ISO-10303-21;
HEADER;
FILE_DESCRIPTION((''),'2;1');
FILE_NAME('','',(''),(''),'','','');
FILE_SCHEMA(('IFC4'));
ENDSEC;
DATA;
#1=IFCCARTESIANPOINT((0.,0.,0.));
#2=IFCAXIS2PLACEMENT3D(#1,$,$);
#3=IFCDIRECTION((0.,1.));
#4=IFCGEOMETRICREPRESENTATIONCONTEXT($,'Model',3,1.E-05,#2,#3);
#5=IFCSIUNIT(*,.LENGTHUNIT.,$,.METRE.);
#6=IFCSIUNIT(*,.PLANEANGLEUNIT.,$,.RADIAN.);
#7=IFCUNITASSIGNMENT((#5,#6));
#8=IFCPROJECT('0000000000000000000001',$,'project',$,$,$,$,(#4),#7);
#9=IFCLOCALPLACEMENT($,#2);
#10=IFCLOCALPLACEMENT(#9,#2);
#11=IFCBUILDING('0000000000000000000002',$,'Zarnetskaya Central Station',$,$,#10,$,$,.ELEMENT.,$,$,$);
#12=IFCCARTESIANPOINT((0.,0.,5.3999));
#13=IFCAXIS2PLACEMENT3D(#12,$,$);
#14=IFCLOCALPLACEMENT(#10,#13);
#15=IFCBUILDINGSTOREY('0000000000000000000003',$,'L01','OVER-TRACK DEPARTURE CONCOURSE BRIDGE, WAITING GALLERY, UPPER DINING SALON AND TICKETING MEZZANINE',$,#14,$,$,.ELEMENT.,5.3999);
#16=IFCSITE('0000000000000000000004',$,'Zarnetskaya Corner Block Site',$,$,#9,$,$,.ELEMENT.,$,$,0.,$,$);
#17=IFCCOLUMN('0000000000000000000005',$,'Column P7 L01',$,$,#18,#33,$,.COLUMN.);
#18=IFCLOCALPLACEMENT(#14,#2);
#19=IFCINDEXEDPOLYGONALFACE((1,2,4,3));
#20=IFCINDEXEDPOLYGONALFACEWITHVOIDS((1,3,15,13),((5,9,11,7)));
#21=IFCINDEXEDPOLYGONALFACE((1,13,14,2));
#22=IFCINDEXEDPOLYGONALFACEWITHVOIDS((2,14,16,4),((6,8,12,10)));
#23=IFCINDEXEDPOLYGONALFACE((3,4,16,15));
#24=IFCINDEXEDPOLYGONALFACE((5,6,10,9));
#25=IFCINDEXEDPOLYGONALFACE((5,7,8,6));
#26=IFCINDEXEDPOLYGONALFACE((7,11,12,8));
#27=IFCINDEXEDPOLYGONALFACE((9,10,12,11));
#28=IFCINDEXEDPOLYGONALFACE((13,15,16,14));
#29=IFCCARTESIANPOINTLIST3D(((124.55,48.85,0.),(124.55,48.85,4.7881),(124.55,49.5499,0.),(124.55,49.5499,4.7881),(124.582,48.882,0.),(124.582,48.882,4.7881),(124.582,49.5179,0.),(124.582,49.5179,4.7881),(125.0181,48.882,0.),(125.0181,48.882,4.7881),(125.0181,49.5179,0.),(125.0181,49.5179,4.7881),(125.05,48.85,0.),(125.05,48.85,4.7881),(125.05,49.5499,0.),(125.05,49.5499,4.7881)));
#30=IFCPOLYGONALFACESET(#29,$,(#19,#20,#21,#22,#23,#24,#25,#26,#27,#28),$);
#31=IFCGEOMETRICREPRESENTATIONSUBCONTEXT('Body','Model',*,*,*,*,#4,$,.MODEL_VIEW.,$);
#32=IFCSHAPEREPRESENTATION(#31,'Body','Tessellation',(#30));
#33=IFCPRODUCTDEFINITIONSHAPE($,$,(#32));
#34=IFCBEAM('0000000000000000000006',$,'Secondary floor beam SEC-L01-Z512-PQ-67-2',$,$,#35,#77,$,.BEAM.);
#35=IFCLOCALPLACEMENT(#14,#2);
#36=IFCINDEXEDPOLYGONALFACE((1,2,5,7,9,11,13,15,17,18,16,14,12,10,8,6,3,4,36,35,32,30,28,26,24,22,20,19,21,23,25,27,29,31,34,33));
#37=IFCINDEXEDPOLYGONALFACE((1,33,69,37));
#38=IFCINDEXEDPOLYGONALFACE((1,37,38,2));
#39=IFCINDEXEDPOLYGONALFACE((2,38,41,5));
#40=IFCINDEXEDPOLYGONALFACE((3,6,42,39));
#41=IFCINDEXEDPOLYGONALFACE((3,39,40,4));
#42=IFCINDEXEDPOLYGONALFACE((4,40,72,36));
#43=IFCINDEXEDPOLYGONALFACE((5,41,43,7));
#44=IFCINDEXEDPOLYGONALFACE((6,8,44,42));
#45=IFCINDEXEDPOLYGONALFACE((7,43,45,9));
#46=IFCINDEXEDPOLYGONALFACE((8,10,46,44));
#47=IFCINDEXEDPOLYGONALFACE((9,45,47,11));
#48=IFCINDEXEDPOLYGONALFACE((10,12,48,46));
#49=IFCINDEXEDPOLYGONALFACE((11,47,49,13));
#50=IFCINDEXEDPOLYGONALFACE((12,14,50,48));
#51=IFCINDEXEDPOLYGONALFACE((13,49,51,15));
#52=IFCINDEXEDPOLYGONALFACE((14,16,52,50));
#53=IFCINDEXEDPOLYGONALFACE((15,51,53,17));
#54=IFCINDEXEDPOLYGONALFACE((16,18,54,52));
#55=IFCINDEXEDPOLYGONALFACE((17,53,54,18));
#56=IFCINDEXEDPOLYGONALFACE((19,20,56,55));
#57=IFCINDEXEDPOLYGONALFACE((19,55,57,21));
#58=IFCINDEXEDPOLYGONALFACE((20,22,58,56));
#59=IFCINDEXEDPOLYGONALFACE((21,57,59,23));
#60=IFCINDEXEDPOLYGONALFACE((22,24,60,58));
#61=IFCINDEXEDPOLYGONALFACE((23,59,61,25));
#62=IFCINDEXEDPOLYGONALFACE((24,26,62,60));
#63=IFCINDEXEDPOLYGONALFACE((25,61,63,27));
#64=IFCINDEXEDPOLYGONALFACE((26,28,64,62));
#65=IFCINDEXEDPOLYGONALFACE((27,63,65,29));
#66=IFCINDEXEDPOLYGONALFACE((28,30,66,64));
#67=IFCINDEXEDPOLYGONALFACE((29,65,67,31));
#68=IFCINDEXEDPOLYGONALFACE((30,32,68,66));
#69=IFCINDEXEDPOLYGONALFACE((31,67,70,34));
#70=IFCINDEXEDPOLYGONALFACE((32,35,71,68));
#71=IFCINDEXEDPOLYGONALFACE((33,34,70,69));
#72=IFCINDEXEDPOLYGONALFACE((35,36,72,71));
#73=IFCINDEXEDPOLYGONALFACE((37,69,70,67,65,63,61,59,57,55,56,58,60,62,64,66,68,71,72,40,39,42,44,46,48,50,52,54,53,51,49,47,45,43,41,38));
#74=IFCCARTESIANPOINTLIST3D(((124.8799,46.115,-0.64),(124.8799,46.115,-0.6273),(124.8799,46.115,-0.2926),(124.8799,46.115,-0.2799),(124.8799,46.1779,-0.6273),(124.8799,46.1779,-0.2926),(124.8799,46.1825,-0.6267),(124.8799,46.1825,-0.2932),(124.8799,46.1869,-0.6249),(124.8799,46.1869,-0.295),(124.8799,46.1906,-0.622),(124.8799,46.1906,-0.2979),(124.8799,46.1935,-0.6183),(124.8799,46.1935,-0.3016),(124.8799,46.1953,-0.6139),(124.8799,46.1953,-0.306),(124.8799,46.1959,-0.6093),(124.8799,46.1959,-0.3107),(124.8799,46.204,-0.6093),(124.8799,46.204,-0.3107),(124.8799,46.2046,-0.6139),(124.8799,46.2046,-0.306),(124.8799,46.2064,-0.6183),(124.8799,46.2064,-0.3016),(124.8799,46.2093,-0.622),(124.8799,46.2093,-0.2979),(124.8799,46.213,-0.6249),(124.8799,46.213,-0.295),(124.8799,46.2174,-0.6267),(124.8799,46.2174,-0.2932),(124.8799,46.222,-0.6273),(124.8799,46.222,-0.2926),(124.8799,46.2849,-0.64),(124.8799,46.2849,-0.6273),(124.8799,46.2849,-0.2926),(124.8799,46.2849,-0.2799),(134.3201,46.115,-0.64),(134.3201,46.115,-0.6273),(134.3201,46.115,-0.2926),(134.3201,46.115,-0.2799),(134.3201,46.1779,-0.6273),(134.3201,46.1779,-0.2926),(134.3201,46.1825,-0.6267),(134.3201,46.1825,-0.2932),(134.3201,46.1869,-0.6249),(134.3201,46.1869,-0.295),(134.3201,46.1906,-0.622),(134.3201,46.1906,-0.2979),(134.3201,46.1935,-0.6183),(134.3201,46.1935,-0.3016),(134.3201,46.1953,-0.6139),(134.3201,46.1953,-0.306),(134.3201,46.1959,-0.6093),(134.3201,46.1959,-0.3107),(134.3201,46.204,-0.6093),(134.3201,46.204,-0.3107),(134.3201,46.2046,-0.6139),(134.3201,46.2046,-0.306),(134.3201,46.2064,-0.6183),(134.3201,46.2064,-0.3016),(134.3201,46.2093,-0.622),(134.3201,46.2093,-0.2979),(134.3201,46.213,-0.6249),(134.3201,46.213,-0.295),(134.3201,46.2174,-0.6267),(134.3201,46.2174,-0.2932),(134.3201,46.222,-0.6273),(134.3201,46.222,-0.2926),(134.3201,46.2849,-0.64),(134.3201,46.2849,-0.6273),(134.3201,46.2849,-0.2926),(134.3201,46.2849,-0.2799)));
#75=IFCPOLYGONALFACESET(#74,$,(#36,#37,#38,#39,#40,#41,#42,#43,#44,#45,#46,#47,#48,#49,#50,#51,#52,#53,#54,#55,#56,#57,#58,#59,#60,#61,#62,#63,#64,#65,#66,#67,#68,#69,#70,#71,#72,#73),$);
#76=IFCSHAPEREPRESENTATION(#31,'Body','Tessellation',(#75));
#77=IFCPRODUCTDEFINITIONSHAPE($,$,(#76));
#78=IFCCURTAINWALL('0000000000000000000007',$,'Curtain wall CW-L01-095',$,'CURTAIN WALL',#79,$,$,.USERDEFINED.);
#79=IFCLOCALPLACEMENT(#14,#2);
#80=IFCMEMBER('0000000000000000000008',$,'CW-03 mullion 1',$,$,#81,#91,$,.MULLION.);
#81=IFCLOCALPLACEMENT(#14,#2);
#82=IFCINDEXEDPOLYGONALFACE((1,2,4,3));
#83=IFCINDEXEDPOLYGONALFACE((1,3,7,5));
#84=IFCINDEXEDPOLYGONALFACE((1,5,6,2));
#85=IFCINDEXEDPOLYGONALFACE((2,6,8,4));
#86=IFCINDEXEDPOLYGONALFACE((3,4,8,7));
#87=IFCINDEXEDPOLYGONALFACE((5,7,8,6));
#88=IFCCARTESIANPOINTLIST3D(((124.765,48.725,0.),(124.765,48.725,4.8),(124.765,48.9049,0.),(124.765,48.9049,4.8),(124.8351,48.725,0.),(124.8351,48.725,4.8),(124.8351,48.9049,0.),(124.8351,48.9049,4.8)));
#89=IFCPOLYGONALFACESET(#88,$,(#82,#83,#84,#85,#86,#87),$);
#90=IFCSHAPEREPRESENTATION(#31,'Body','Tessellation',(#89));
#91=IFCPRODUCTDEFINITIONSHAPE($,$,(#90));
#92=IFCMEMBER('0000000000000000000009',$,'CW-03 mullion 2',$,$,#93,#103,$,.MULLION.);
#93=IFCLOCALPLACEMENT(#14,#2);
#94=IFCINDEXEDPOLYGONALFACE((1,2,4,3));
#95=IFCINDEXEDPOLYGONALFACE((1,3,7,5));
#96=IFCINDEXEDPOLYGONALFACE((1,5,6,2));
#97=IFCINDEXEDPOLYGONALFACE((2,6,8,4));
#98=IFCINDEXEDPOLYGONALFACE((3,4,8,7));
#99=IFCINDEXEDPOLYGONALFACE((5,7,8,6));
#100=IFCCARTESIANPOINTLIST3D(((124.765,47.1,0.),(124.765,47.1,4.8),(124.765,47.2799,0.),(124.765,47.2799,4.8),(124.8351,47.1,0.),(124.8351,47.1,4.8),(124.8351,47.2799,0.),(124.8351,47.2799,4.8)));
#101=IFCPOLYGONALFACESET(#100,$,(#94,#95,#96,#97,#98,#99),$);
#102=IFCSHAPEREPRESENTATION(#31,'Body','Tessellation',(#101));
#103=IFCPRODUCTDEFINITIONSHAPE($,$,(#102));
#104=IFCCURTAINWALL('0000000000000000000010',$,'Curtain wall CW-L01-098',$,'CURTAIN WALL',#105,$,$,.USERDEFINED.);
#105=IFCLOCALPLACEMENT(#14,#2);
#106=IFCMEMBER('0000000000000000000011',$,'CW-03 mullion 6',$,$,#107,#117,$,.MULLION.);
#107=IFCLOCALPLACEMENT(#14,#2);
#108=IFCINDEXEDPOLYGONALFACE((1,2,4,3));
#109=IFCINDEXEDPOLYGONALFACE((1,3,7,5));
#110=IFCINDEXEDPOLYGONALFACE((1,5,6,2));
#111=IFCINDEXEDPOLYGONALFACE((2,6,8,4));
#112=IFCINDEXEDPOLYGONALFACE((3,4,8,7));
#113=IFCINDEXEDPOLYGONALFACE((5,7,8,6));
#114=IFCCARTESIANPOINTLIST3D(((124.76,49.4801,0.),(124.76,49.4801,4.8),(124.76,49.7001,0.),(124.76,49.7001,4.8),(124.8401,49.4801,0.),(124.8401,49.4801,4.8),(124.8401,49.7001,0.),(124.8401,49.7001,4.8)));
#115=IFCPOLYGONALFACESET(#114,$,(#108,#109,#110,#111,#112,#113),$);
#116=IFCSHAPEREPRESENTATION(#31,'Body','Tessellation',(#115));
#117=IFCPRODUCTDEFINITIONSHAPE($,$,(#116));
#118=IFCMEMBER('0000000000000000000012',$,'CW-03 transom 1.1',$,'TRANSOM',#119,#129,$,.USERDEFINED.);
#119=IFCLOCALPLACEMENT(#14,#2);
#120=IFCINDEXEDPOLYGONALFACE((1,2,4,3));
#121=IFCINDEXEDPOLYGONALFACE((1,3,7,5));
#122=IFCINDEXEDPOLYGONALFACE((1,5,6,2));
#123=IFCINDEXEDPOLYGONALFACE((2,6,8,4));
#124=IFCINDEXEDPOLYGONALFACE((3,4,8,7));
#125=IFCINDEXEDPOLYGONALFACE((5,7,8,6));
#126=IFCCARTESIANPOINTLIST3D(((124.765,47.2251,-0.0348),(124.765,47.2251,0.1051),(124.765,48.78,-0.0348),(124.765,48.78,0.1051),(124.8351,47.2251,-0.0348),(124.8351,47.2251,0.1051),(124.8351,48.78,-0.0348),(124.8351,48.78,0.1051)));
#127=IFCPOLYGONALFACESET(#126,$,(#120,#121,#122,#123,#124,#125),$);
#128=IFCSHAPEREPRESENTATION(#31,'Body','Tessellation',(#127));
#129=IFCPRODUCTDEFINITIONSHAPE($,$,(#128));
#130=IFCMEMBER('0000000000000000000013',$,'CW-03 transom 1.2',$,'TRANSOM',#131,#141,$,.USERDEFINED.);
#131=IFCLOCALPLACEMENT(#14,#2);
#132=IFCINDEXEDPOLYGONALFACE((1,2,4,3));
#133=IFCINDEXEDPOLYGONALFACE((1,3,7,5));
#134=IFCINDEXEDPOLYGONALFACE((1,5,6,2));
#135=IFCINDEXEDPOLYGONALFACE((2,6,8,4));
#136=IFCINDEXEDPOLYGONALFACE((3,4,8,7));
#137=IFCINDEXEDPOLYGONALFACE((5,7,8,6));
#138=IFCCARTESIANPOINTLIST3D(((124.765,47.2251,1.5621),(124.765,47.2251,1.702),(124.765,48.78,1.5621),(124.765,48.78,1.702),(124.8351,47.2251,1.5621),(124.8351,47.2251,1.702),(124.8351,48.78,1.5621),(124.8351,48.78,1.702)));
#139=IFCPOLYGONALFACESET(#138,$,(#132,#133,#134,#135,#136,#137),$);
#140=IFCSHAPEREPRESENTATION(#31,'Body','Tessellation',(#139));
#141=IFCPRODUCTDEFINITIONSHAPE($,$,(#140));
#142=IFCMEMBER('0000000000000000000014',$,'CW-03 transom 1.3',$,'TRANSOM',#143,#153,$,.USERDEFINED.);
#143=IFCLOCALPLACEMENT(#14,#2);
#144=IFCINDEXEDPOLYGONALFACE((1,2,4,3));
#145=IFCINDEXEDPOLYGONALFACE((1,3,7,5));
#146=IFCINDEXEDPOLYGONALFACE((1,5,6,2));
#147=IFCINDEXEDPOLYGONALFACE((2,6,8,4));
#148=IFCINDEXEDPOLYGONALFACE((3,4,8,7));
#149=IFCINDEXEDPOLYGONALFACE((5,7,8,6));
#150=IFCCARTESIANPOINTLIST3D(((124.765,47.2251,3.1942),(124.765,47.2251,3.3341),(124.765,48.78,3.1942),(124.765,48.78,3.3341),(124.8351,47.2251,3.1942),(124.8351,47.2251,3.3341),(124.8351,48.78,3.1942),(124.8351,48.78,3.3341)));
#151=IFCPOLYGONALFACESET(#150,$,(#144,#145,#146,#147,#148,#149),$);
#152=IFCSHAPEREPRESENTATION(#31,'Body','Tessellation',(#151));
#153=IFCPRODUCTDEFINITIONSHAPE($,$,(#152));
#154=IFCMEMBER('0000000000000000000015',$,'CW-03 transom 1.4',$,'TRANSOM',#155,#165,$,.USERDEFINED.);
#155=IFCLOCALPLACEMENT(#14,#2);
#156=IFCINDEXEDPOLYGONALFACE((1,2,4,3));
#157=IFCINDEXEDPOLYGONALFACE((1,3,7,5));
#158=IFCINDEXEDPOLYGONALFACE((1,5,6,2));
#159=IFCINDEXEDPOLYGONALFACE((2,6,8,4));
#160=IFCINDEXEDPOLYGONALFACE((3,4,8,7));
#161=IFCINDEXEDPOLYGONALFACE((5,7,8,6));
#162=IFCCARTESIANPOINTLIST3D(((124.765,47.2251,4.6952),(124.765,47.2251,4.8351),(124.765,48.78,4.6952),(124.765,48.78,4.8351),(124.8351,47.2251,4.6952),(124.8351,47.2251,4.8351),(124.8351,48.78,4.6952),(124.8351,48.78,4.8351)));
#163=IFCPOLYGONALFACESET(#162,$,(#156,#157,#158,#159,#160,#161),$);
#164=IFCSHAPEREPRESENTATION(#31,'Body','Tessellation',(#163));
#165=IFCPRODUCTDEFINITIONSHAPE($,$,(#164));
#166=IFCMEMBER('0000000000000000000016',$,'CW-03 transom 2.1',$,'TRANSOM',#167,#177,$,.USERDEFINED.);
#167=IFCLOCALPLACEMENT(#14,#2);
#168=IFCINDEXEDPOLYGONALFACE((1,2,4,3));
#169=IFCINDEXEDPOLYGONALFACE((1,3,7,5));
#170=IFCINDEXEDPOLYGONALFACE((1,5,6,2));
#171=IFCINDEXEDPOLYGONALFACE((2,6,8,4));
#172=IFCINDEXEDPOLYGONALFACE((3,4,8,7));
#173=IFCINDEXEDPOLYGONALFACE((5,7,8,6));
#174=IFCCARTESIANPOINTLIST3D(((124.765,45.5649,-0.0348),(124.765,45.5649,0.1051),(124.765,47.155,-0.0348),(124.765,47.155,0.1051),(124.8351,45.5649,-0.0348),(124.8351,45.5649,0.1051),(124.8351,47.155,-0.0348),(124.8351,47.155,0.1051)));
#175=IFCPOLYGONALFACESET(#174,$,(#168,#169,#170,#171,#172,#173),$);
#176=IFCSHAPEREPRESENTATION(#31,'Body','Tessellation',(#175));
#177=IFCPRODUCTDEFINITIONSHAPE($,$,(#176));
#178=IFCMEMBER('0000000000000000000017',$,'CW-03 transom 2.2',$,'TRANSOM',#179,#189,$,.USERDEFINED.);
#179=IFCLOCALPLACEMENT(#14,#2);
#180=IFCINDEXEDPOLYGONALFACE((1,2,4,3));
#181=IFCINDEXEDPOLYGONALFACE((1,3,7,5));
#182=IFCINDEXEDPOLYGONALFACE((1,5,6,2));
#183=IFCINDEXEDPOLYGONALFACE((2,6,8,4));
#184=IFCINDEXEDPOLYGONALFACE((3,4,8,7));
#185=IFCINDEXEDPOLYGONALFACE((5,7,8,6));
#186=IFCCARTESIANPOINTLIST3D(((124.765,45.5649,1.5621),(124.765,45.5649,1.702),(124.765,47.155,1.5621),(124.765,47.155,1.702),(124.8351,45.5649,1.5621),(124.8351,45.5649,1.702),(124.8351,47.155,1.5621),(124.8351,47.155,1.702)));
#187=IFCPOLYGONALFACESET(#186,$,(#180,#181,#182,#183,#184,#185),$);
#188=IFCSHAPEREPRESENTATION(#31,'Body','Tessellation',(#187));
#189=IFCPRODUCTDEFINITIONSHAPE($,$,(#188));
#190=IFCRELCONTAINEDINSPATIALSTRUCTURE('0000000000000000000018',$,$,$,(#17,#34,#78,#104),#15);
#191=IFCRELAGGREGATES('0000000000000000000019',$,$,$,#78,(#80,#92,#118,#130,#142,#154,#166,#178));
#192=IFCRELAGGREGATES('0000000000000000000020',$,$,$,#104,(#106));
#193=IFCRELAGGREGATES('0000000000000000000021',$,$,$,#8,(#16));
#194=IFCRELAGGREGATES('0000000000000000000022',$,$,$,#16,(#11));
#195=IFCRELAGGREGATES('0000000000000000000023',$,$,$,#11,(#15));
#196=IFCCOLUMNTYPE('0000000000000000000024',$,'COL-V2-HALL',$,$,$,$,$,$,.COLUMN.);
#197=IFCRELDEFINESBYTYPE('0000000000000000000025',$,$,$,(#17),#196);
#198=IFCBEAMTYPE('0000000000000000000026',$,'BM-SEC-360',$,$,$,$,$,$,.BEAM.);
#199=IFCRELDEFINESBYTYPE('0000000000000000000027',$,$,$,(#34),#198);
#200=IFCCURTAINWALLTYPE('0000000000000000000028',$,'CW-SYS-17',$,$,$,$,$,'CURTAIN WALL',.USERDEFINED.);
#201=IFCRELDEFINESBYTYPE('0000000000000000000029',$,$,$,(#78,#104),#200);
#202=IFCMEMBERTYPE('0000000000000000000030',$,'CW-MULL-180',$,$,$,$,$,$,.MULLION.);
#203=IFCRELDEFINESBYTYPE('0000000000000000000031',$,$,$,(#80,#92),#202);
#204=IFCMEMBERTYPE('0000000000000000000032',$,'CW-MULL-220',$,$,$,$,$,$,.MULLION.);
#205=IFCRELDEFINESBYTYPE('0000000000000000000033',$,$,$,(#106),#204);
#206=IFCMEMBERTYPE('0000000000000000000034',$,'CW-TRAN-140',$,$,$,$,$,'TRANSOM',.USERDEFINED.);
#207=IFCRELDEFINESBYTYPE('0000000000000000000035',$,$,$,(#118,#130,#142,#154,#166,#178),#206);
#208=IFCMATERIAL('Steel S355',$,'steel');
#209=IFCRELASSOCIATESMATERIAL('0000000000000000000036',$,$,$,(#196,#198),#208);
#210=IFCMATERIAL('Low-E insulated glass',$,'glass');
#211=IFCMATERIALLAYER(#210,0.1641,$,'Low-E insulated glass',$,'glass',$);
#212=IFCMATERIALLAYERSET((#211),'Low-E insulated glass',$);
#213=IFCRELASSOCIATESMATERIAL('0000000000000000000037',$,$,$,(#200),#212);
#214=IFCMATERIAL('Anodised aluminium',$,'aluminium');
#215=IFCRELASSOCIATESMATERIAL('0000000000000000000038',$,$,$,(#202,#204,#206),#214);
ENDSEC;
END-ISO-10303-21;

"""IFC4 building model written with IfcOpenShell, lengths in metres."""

from ifc_helpers import new_model, si_unit, direction, frame, origin, origin_2d, place, context, subcontext, project, spatial, rectangle, hollow_rectangle, i_section, extrude, material, layer, layer_set, material_profile, profile_set, type_object, element, aggregate, save


model = new_model("IFC4")

# Units and contexts
model_context = context("Model", 3, precision=1e-05, world=origin(), true_north=direction((0.0, 1.0)))
body_context = subcontext(model_context, "Body", "Model", "MODEL_VIEW")
ifc_project = project(units=[si_unit("LENGTHUNIT", "METRE"), si_unit("PLANEANGLEUNIT", "RADIAN")], contexts=[model_context])

# Site, building, storey
site_placement = place(None, origin())
site = spatial("IfcSite", under=ifc_project, at=site_placement, Name="Zarnetskaya Corner Block Site", CompositionType="ELEMENT", RefElevation=0.0)
building_placement = place(site_placement, origin())
building = spatial("IfcBuilding", under=site, at=building_placement, Name="Zarnetskaya Central Station", CompositionType="ELEMENT")
storey_placement = place(building_placement, frame((0.0, 0.0, 5.3999)))
storey = spatial("IfcBuildingStorey", under=building, at=storey_placement, Name="L01", Description="OVER-TRACK DEPARTURE CONCOURSE BRIDGE, WAITING GALLERY, UPPER DINING SALON AND TICKETING MEZZANINE", CompositionType="ELEMENT", Elevation=5.3999)

# Column
ifc_material_1 = material(Name="Steel S355", Category="steel")
ifc_material_profile_1 = material_profile(ifc_material_1, hollow_rectangle(XDim=0.5, YDim=0.7, WallThickness=0.032, at=origin_2d()), Name="BOX 700x500x32")
ifc_profile_set_1 = profile_set([ifc_material_profile_1], Name="Steel S355")
column_type = type_object("IfcColumnType", Name="COL-V2-HALL", PredefinedType="COLUMN", material=ifc_profile_set_1)
column_placement = place(storey_placement, frame((124.8, 49.2, 0.0), z_axis=(0.0, 0.0, 1.0), x_axis=(1.0, 0.0, 0.0)))
element("IfcColumn", 1, at=column_placement, inside=storey, type_object=column_type, Name="Column P7 L01", PredefinedType="COLUMN", context=body_context, shape_type="SweptSolid", body=[
    extrude(hollow_rectangle(XDim=0.5, YDim=0.7, WallThickness=0.032, at=origin_2d()), origin(), (0.0, 0.0, 1.0), 4.7881),
])

# Beam
ifc_material_profile_2 = material_profile(ifc_material_1, i_section(OverallWidth=0.1699, OverallDepth=0.3601, WebThickness=0.0081, FlangeThickness=0.0127, FilletRadius=0.0181, at=origin_2d()), Name="IPE 360")
ifc_profile_set_2 = profile_set([ifc_material_profile_2], Name="Steel S355")
beam_type_1 = type_object("IfcBeamType", Name="BM-SEC-360", PredefinedType="BEAM", material=ifc_profile_set_2)
beam_1_placement = place(storey_placement, frame((124.8799, 46.2, -0.46), z_axis=(1.0, 0.0, 0.0), x_axis=(0.0, 1.0, 0.0)))
element("IfcBeam", 2, at=beam_1_placement, inside=storey, type_object=beam_type_1, Name="Secondary floor beam SEC-L01-Z512-PQ-67-2", PredefinedType="BEAM", context=body_context, shape_type="SweptSolid", body=[
    extrude(i_section(OverallWidth=0.1699, OverallDepth=0.3601, WebThickness=0.0081, FlangeThickness=0.0127, FilletRadius=0.0181, at=origin_2d()), origin(), (0.0, 0.0, 1.0), 9.4402),
])

# Curtain wall, members
ifc_material_2 = material(Name="Low-E insulated glass", Category="glass")
ifc_layer_1 = layer(ifc_material_2, 0.1641, Name="Low-E insulated glass", Category="glass")
ifc_layer_set_1 = layer_set([ifc_layer_1], Name="Low-E insulated glass")
curtain_wall_type = type_object("IfcCurtainWallType", Name="CW-SYS-17", ElementType="CURTAIN WALL", PredefinedType="USERDEFINED", material=ifc_layer_set_1)
curtain_wall_1_placement = place(storey_placement, origin())
curtain_wall_1 = element("IfcCurtainWall", 3, at=curtain_wall_1_placement, inside=storey, type_object=curtain_wall_type, Name="Curtain wall CW-L01-095", ObjectType="CURTAIN WALL", PredefinedType="USERDEFINED")
ifc_material_3 = material(Name="Anodised aluminium", Category="aluminium")
ifc_material_profile_3 = material_profile(ifc_material_3, rectangle(XDim=0.0701, YDim=0.1799, at=origin_2d()), Name="ALU MULL 70x180")
ifc_profile_set_3 = profile_set([ifc_material_profile_3], Name="Anodised aluminium")
member_type_1 = type_object("IfcMemberType", Name="CW-MULL-180", PredefinedType="MULLION", material=ifc_profile_set_3)
member_1_placement = place(storey_placement, frame((124.8, 48.8149, 0.0), z_axis=(0.0, 0.0, 1.0), x_axis=(1.0, 0.0, 0.0)))
member_1 = element("IfcMember", 4, at=member_1_placement, type_object=member_type_1, Name="CW-03 mullion 1", PredefinedType="MULLION", context=body_context, shape_type="SweptSolid", body=[
    extrude(rectangle(XDim=0.0701, YDim=0.1799, at=origin_2d()), origin(), (0.0, 0.0, 1.0), 4.8),
])
member_2_placement = place(storey_placement, frame((124.8, 47.1899, 0.0), z_axis=(0.0, 0.0, 1.0), x_axis=(1.0, 0.0, 0.0)))
member_2 = element("IfcMember", 5, at=member_2_placement, type_object=member_type_1, Name="CW-03 mullion 2", PredefinedType="MULLION", context=body_context, shape_type="SweptSolid", body=[
    extrude(rectangle(XDim=0.0701, YDim=0.1799, at=origin_2d()), origin(), (0.0, 0.0, 1.0), 4.8),
])

# Curtain wall, member
curtain_wall_2_placement = place(storey_placement, origin())
curtain_wall_2 = element("IfcCurtainWall", 6, at=curtain_wall_2_placement, inside=storey, type_object=curtain_wall_type, Name="Curtain wall CW-L01-098", ObjectType="CURTAIN WALL", PredefinedType="USERDEFINED")
ifc_material_profile_4 = material_profile(ifc_material_3, rectangle(XDim=0.0801, YDim=0.22, at=origin_2d()), Name="ALU MULL 80x220")
ifc_profile_set_4 = profile_set([ifc_material_profile_4], Name="Anodised aluminium")
member_type_2 = type_object("IfcMemberType", Name="CW-MULL-220", PredefinedType="MULLION", material=ifc_profile_set_4)
member_3_placement = place(storey_placement, frame((124.8, 49.5901, 0.0), z_axis=(0.0, 0.0, 1.0), x_axis=(1.0, 0.0, 0.0)))
member_3 = element("IfcMember", 7, at=member_3_placement, type_object=member_type_2, Name="CW-03 mullion 6", PredefinedType="MULLION", context=body_context, shape_type="SweptSolid", body=[
    extrude(rectangle(XDim=0.0801, YDim=0.22, at=origin_2d()), origin(), (0.0, 0.0, 1.0), 4.8),
])

# Members
ifc_material_profile_5 = material_profile(ifc_material_3, rectangle(XDim=0.0701, YDim=0.1399, at=origin_2d()), Name="ALU TRAN 70x140")
ifc_profile_set_5 = profile_set([ifc_material_profile_5], Name="Anodised aluminium")
member_type_3 = type_object("IfcMemberType", Name="CW-TRAN-140", ElementType="TRANSOM", PredefinedType="USERDEFINED", material=ifc_profile_set_5)
member_4_placement = place(storey_placement, frame((124.8, 48.78, 0.0352), z_axis=(0.0, -1.0, 0.0), x_axis=(1.0, 0.0, 0.0)))
member_4 = element("IfcMember", 8, at=member_4_placement, type_object=member_type_3, Name="CW-03 transom 1.1", ObjectType="TRANSOM", PredefinedType="USERDEFINED", context=body_context, shape_type="SweptSolid", body=[
    extrude(rectangle(XDim=0.0701, YDim=0.1399, at=origin_2d()), origin(), (0.0, 0.0, 1.0), 1.5549),
])
member_5_placement = place(storey_placement, frame((124.8, 48.78, 1.6321), z_axis=(0.0, -1.0, 0.0), x_axis=(1.0, 0.0, 0.0)))
member_5 = element("IfcMember", 9, at=member_5_placement, type_object=member_type_3, Name="CW-03 transom 1.2", ObjectType="TRANSOM", PredefinedType="USERDEFINED", context=body_context, shape_type="SweptSolid", body=[
    extrude(rectangle(XDim=0.0701, YDim=0.1399, at=origin_2d()), origin(), (0.0, 0.0, 1.0), 1.5549),
])
member_6_placement = place(storey_placement, frame((124.8, 48.78, 3.2642), z_axis=(0.0, -1.0, 0.0), x_axis=(1.0, 0.0, 0.0)))
member_6 = element("IfcMember", 10, at=member_6_placement, type_object=member_type_3, Name="CW-03 transom 1.3", ObjectType="TRANSOM", PredefinedType="USERDEFINED", context=body_context, shape_type="SweptSolid", body=[
    extrude(rectangle(XDim=0.0701, YDim=0.1399, at=origin_2d()), origin(), (0.0, 0.0, 1.0), 1.5549),
])
member_7_placement = place(storey_placement, frame((124.8, 48.78, 4.7651), z_axis=(0.0, -1.0, 0.0), x_axis=(1.0, 0.0, 0.0)))
member_7 = element("IfcMember", 11, at=member_7_placement, type_object=member_type_3, Name="CW-03 transom 1.4", ObjectType="TRANSOM", PredefinedType="USERDEFINED", context=body_context, shape_type="SweptSolid", body=[
    extrude(rectangle(XDim=0.0701, YDim=0.1399, at=origin_2d()), origin(), (0.0, 0.0, 1.0), 1.5549),
])
member_8_placement = place(storey_placement, frame((124.8, 47.155, 0.0352), z_axis=(0.0, -1.0, 0.0), x_axis=(1.0, 0.0, 0.0)))
member_8 = element("IfcMember", 12, at=member_8_placement, type_object=member_type_3, Name="CW-03 transom 2.1", ObjectType="TRANSOM", PredefinedType="USERDEFINED", context=body_context, shape_type="SweptSolid", body=[
    extrude(rectangle(XDim=0.0701, YDim=0.1399, at=origin_2d()), origin(), (0.0, 0.0, 1.0), 1.5901),
])
member_9_placement = place(storey_placement, frame((124.8, 47.155, 1.6321), z_axis=(0.0, -1.0, 0.0), x_axis=(1.0, 0.0, 0.0)))
member_9 = element("IfcMember", 13, at=member_9_placement, type_object=member_type_3, Name="CW-03 transom 2.2", ObjectType="TRANSOM", PredefinedType="USERDEFINED", context=body_context, shape_type="SweptSolid", body=[
    extrude(rectangle(XDim=0.0701, YDim=0.1399, at=origin_2d()), origin(), (0.0, 0.0, 1.0), 1.5901),
])

aggregate(curtain_wall_1, [member_1, member_2, member_4, member_5, member_6, member_7, member_8, member_9])
aggregate(curtain_wall_2, [member_3])

save(model, "model.ifc")
